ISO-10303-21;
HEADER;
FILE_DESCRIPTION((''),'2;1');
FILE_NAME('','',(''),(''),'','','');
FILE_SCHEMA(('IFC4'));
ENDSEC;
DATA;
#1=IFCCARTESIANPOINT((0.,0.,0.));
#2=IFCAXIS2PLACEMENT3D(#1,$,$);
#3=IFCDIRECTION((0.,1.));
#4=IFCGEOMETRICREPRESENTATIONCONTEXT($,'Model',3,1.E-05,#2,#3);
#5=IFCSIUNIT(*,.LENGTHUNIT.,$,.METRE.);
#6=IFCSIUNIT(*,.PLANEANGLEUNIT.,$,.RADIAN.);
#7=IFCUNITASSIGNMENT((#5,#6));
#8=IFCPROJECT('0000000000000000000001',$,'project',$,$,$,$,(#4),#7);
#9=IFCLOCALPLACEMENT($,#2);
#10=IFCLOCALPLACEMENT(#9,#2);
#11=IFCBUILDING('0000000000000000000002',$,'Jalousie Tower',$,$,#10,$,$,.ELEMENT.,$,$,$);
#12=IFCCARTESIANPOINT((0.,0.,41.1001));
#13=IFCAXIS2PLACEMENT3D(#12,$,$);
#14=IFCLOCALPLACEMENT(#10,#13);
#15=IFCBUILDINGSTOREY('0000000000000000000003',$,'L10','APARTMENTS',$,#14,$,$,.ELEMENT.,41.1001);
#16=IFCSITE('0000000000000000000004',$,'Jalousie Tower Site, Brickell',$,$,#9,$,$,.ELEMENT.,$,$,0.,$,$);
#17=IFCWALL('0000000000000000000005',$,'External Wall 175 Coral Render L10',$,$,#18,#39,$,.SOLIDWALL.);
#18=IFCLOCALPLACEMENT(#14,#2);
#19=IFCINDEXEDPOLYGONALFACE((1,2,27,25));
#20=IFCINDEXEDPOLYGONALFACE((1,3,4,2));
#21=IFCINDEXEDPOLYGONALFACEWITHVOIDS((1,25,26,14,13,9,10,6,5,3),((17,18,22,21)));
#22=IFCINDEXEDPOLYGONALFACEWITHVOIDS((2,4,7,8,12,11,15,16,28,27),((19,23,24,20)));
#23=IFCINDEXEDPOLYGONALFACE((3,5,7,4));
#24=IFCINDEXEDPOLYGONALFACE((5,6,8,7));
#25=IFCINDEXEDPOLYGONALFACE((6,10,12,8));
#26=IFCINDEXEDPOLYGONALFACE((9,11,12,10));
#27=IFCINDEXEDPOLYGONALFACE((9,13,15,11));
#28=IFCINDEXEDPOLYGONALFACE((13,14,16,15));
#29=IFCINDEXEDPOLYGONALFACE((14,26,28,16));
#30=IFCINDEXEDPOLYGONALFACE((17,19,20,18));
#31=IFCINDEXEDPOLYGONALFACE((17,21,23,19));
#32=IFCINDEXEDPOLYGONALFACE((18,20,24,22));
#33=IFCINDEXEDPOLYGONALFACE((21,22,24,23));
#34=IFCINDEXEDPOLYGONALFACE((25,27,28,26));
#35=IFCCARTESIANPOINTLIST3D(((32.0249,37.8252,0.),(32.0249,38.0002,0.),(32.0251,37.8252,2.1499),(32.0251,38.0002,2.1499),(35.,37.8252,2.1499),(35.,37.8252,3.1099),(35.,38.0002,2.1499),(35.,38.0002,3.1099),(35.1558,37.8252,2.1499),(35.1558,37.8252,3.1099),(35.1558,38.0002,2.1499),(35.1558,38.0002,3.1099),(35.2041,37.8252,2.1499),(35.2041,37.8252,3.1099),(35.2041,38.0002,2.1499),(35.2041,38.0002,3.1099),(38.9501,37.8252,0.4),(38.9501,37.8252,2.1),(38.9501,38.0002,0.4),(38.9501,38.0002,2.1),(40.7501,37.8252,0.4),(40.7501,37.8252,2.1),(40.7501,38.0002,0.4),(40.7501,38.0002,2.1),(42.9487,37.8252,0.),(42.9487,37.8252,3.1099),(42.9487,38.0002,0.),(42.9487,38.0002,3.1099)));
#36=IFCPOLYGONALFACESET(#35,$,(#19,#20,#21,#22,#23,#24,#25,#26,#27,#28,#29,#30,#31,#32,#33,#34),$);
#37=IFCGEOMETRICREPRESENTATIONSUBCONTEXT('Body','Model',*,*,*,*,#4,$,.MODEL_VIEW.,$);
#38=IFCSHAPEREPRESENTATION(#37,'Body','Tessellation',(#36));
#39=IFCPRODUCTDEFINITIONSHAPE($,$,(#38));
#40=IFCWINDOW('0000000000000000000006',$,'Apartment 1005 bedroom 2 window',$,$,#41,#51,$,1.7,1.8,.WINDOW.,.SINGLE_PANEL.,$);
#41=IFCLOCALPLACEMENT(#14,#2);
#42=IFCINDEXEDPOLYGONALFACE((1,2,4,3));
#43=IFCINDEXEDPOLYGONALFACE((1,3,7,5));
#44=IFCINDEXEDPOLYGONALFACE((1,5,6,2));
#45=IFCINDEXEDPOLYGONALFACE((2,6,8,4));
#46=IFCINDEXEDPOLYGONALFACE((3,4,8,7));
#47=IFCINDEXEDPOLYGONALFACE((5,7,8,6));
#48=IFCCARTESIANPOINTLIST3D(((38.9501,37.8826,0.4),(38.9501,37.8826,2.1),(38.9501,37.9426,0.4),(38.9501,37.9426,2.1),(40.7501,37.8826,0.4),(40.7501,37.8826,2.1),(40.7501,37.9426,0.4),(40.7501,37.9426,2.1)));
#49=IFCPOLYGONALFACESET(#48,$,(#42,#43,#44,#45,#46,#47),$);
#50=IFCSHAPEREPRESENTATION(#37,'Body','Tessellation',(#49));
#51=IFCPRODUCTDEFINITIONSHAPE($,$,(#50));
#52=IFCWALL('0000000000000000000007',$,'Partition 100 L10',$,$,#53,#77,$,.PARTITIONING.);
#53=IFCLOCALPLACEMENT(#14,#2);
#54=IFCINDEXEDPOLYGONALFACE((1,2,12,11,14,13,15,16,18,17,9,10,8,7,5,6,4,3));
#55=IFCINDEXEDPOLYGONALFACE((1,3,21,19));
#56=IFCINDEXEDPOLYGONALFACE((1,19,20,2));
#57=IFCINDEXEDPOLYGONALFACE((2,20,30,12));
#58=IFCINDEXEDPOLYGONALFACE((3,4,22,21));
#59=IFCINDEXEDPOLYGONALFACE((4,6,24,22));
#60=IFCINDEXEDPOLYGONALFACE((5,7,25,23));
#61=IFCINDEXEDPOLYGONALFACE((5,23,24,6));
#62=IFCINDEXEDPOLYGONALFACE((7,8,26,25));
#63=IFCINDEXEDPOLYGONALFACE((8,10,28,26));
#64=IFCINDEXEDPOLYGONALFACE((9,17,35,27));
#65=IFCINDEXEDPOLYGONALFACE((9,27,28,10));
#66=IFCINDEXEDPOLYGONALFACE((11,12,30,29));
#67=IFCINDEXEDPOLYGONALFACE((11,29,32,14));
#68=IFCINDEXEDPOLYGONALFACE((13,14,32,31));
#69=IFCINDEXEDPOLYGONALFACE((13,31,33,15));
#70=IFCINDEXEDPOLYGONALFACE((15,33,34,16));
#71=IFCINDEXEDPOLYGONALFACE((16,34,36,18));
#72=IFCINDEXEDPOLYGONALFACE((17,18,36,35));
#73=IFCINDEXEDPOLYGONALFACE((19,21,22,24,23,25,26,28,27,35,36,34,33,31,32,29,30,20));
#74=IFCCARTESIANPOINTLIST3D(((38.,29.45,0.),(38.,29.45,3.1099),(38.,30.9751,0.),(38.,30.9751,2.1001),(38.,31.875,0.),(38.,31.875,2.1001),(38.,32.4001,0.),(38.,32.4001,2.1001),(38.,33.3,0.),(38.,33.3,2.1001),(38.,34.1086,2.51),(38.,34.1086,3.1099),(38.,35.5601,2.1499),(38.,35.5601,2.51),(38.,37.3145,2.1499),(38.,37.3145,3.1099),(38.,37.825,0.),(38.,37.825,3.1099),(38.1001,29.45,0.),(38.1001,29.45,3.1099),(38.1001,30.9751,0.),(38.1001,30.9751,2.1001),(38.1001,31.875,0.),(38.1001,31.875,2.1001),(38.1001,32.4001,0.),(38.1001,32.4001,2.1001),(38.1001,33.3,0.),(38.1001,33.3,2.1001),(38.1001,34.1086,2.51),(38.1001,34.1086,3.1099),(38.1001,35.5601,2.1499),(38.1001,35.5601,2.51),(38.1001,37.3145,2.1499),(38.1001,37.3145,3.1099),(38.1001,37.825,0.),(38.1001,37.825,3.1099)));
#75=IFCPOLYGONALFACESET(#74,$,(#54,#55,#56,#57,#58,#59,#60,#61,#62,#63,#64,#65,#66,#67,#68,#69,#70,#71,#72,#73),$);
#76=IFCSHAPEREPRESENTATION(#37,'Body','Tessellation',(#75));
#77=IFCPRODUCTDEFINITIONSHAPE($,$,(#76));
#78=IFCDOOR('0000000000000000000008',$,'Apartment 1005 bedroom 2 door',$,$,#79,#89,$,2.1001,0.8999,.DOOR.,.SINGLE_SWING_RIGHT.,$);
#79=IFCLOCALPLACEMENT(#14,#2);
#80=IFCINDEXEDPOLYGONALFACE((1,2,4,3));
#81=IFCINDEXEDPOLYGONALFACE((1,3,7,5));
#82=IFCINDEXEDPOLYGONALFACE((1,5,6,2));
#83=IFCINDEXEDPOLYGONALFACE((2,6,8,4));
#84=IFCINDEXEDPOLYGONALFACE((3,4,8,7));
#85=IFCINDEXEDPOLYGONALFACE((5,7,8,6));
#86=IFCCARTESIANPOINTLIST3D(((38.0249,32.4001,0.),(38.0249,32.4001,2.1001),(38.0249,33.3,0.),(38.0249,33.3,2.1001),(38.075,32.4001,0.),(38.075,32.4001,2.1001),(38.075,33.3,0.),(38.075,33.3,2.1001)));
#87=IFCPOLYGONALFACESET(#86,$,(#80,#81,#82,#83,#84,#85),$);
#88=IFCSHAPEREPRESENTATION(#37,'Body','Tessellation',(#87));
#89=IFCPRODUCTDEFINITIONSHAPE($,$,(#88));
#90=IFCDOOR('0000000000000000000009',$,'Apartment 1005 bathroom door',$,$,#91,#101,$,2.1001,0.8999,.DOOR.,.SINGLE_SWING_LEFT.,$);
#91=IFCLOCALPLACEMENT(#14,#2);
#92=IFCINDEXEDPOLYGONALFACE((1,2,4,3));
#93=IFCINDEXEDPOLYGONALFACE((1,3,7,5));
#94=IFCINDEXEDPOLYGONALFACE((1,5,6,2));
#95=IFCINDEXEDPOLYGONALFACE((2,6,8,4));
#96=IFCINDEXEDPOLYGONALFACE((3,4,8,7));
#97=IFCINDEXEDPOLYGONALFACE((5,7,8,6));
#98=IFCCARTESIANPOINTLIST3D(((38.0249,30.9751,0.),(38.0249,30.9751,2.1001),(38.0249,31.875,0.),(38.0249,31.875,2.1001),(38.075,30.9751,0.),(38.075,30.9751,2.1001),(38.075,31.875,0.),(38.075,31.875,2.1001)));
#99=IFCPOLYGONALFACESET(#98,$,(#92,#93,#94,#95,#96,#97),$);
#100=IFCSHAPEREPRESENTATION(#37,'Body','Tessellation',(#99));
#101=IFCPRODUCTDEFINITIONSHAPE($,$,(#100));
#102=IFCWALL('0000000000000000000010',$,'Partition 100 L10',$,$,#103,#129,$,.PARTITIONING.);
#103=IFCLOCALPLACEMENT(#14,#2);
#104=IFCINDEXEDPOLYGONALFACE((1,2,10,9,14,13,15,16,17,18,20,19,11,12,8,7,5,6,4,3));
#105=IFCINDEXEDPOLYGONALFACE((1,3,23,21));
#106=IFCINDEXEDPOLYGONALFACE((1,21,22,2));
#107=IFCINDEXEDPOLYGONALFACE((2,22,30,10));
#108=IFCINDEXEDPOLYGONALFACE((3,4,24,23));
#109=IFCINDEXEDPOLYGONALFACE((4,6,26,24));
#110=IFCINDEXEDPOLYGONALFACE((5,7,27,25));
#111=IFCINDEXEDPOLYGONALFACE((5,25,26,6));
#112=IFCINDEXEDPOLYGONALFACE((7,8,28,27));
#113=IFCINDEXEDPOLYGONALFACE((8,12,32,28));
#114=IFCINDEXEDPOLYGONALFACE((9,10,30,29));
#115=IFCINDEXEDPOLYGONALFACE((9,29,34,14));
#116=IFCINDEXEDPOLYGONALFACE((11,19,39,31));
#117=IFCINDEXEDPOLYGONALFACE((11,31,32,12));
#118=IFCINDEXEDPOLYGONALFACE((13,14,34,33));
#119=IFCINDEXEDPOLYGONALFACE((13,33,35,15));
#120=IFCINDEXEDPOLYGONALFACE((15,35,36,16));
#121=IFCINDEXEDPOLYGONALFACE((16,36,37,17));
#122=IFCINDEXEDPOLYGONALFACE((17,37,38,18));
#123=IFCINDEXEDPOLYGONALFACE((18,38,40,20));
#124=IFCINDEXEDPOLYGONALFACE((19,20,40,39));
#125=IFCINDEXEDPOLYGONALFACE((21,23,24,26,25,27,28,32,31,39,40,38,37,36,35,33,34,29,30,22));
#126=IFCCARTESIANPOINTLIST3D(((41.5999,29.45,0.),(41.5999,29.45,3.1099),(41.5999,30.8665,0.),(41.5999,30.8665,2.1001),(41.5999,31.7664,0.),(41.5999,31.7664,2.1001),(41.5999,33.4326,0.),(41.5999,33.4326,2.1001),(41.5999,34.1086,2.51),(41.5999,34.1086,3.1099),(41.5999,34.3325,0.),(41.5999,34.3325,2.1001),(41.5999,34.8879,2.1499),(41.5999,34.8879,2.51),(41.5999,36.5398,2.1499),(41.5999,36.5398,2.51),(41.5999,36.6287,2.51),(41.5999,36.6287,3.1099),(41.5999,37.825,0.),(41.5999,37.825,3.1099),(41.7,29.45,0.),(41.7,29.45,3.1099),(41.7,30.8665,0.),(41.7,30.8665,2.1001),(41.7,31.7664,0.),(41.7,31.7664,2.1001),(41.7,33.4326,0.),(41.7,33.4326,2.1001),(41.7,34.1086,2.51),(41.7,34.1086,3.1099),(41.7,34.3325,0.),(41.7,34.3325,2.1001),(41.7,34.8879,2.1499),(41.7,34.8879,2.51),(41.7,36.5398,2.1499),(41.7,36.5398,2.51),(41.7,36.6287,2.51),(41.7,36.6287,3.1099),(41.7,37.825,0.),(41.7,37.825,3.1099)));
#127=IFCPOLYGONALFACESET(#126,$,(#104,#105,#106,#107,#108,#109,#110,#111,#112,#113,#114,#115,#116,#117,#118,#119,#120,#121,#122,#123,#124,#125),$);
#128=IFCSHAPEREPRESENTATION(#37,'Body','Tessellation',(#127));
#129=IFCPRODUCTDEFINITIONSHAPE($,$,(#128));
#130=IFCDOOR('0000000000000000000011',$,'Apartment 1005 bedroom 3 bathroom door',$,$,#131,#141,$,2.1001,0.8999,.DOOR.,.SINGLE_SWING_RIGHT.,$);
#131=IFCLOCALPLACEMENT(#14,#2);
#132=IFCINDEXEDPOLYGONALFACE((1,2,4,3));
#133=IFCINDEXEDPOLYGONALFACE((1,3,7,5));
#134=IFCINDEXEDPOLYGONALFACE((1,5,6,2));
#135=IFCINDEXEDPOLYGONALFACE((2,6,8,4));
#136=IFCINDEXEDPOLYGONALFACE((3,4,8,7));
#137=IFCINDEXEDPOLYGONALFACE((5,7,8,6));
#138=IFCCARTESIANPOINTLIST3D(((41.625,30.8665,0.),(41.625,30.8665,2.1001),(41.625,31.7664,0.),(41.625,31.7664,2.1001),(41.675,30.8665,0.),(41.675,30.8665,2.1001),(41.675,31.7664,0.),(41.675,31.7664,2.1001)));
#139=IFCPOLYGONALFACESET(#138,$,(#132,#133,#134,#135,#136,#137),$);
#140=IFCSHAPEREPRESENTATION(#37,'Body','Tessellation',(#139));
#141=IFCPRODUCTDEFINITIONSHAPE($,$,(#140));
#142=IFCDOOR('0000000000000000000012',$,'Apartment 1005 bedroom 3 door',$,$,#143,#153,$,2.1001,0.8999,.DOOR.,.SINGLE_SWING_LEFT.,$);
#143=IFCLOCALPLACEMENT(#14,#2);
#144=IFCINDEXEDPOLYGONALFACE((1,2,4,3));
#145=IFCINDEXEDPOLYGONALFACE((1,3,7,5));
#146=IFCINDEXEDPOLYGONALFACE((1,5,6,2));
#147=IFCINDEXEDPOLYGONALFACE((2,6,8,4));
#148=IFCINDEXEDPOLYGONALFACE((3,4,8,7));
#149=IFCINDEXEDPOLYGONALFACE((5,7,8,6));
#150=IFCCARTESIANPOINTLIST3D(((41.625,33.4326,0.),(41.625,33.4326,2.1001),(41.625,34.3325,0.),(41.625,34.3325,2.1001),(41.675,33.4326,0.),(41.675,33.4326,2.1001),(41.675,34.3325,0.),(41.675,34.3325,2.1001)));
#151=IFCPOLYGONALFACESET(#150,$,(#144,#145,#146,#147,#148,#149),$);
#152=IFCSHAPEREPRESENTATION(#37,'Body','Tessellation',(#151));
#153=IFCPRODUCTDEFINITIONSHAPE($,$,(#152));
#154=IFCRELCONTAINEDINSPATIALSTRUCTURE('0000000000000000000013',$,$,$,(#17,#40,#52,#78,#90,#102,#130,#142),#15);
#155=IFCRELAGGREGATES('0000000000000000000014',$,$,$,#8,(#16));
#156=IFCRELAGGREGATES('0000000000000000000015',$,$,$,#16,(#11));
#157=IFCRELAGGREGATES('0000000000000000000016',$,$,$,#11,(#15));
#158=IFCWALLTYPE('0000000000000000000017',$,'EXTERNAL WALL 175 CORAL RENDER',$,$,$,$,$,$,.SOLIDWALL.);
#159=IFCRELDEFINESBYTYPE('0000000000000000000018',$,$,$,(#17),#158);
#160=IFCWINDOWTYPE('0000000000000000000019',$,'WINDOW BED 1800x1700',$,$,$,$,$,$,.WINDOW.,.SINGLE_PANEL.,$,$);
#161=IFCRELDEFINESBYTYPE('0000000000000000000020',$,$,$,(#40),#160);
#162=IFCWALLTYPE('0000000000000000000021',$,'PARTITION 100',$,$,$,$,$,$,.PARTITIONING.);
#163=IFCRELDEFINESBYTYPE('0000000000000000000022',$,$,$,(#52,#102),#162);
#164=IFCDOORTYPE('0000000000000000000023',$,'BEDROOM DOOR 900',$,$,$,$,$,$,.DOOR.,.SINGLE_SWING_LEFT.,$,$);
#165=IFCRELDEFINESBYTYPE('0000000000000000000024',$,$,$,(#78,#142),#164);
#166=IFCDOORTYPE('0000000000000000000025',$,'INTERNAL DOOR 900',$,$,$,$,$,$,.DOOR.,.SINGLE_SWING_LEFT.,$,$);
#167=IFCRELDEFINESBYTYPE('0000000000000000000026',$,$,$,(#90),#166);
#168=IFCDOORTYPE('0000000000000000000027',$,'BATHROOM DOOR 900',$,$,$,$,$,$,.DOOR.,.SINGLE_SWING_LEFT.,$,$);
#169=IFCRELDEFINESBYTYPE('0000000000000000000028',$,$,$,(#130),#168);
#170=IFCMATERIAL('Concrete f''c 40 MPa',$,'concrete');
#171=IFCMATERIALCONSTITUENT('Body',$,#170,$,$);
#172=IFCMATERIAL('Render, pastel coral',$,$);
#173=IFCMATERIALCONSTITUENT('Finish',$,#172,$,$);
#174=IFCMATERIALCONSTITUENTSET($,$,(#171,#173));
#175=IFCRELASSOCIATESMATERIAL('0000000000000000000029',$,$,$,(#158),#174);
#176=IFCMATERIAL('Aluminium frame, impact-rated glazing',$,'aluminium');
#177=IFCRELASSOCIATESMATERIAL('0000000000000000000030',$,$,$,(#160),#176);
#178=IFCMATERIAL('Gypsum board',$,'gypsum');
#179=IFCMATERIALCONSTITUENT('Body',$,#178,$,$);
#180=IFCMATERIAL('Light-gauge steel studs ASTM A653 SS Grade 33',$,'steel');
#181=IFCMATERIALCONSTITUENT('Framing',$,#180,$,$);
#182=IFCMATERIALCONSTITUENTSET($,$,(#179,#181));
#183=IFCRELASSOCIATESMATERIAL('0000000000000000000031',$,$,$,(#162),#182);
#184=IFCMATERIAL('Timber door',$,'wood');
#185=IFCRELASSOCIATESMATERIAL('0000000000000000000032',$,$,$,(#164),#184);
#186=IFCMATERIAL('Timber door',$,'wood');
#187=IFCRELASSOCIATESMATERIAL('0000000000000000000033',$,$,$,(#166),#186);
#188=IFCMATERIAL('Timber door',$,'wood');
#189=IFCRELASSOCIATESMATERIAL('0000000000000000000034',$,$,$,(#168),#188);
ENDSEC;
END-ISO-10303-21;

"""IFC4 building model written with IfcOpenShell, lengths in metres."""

from ifc_helpers import new_model, si_unit, direction, frame, frame_2d, origin, place, context, subcontext, project, spatial, polyline, rectangle, outline, extrude, material, constituent, constituent_set, type_object, element, fill, save


model = new_model("IFC4")

# Units and contexts
model_context = context("Model", 3, precision=1e-05, world=origin(), true_north=direction((0.0, 1.0)))
body_context = subcontext(model_context, "Body", "Model", "MODEL_VIEW")
ifc_project = project(units=[si_unit("LENGTHUNIT", "METRE"), si_unit("PLANEANGLEUNIT", "RADIAN")], contexts=[model_context])

# Site, building, storey
site_placement = place(None, origin())
site = spatial("IfcSite", under=ifc_project, at=site_placement, Name="Jalousie Tower Site, Brickell", CompositionType="ELEMENT", RefElevation=0.0)
building_placement = place(site_placement, origin())
building = spatial("IfcBuilding", under=site, at=building_placement, Name="Jalousie Tower", CompositionType="ELEMENT")
storey_placement = place(building_placement, frame((0.0, 0.0, 41.1001)))
storey = spatial("IfcBuildingStorey", under=building, at=storey_placement, Name="L10", Description="APARTMENTS", CompositionType="ELEMENT", Elevation=41.1001)

# Wall, opening, window
ifc_material_1 = material(Name="Concrete f'c 40 MPa", Category="concrete")
ifc_constituent_1 = constituent(ifc_material_1, Name="Body")
ifc_material_2 = material(Name="Render, pastel coral")
ifc_constituent_2 = constituent(ifc_material_2, Name="Finish")
ifc_constituent_set_1 = constituent_set(constituents=[ifc_constituent_1, ifc_constituent_2])
wall_type_1 = type_object("IfcWallType", Name="EXTERNAL WALL 175 CORAL RENDER", PredefinedType="SOLIDWALL", material=ifc_constituent_set_1)
wall_1_placement = place(storey_placement, frame((42.9487, 37.9126, 0.0), z_axis=(0.0, 0.0, 1.0), x_axis=(-1.0, 0.0, 0.0)))
wall_1 = element("IfcWall", 1, at=wall_1_placement, inside=storey, type_object=wall_type_1, Name="External Wall 175 Coral Render L10", PredefinedType="SOLIDWALL", context=body_context, shape_type="SweptSolid", body=[
    extrude(outline(polyline([(0.0, 0.0), (10.9238, 0.0), (10.9236, 2.1499), (7.9487, 2.1499), (7.9487, 3.1099), (7.793, 3.1099), (7.793, 2.1499), (7.7446, 2.1499), (7.7446, 3.1099), (0.0, 3.1099), (0.0, 0.0)])), frame((0.0, 0.0874, 0.0), z_axis=(0.0, -1.0, 0.0), x_axis=(1.0, 0.0, 0.0)), (0.0, 0.0, 1.0), 0.175),
])
opening_1_placement = place(wall_1_placement, frame((2.1987, 0.0, 0.3999)))
opening_1 = element("IfcOpeningElement", 2, at=opening_1_placement, cuts=wall_1, PredefinedType="OPENING", context=body_context, shape_type="SweptSolid", body=[
    extrude(rectangle(XDim=1.8, YDim=1.7, at=frame_2d((0.8999, 0.8501))), frame((0.0, 0.0974, 0.0), z_axis=(0.0, -1.0, 0.0), x_axis=(1.0, 0.0, 0.0)), (0.0, 0.0, 1.0), 0.1951),
])
ifc_material_3 = material(Name="Aluminium frame, impact-rated glazing", Category="aluminium")
window_type = type_object("IfcWindowType", Name="WINDOW BED 1800x1700", PartitioningType="SINGLE_PANEL", PredefinedType="WINDOW", material=ifc_material_3)
window_placement = place(opening_1_placement, origin())
window = element("IfcWindow", 3, at=window_placement, inside=storey, type_object=window_type, Name="Apartment 1005 bedroom 2 window", OverallHeight=1.7, OverallWidth=1.8, PartitioningType="SINGLE_PANEL", PredefinedType="WINDOW", context=body_context, shape_type="SweptSolid", body=[
    extrude(rectangle(XDim=1.8, YDim=1.7, at=frame_2d((0.8999, 0.8501))), frame((0.0, 0.03, 0.0), z_axis=(0.0, -1.0, 0.0), x_axis=(1.0, 0.0, 0.0)), (0.0, 0.0, 1.0), 0.0601),
])
fill(opening_1, window)

# Walls, openings, doors
ifc_material_4 = material(Name="Gypsum board", Category="gypsum")
ifc_constituent_3 = constituent(ifc_material_4, Name="Body")
ifc_material_5 = material(Name="Light-gauge steel studs ASTM A653 SS Grade 33", Category="steel")
ifc_constituent_4 = constituent(ifc_material_5, Name="Framing")
ifc_constituent_set_2 = constituent_set(constituents=[ifc_constituent_3, ifc_constituent_4])
wall_type_2 = type_object("IfcWallType", Name="PARTITION 100", PredefinedType="PARTITIONING", material=ifc_constituent_set_2)
wall_2_placement = place(storey_placement, frame((38.05, 37.825, 0.0), z_axis=(0.0, 0.0, 1.0), x_axis=(0.0, -1.0, 0.0)))
wall_2 = element("IfcWall", 4, at=wall_2_placement, inside=storey, type_object=wall_type_2, Name="Partition 100 L10", PredefinedType="PARTITIONING", context=body_context, shape_type="SweptSolid", body=[
    extrude(outline(polyline([(0.0, 0.0), (8.375, 0.0), (8.375, 3.1099), (3.7163, 3.1099), (3.7163, 2.51), (2.2649, 2.51), (2.2649, 2.1499), (0.5105, 2.1499), (0.5105, 3.1099), (0.0, 3.1099), (0.0, 0.0)])), frame((0.0, 0.05, 0.0), z_axis=(0.0, -1.0, 0.0), x_axis=(1.0, 0.0, 0.0)), (0.0, 0.0, 1.0), 0.1001),
])
opening_2_placement = place(wall_2_placement, frame((4.5249, 0.0, 0.0)))
opening_2 = element("IfcOpeningElement", 5, at=opening_2_placement, cuts=wall_2, PredefinedType="OPENING", context=body_context, shape_type="SweptSolid", body=[
    extrude(rectangle(XDim=0.8999, YDim=2.1001, at=frame_2d((0.45, 1.05))), frame((0.0, 0.0601, 0.0), z_axis=(0.0, -1.0, 0.0), x_axis=(1.0, 0.0, 0.0)), (0.0, 0.0, 1.0), 0.1201),
])
opening_3_placement = place(wall_2_placement, frame((5.95, 0.0, 0.0)))
opening_3 = element("IfcOpeningElement", 6, at=opening_3_placement, cuts=wall_2, PredefinedType="OPENING", context=body_context, shape_type="SweptSolid", body=[
    extrude(rectangle(XDim=0.8999, YDim=2.1001, at=frame_2d((0.45, 1.05))), frame((0.0, 0.0601, 0.0), z_axis=(0.0, -1.0, 0.0), x_axis=(1.0, 0.0, 0.0)), (0.0, 0.0, 1.0), 0.1201),
])
ifc_material_6 = material(Name="Timber door", Category="wood")
door_type_1 = type_object("IfcDoorType", Name="BEDROOM DOOR 900", OperationType="SINGLE_SWING_LEFT", PredefinedType="DOOR", material=ifc_material_6)
door_1_placement = place(opening_2_placement, origin())
door_1 = element("IfcDoor", 7, at=door_1_placement, inside=storey, type_object=door_type_1, Name="Apartment 1005 bedroom 2 door", OperationType="SINGLE_SWING_RIGHT", OverallHeight=2.1001, OverallWidth=0.8999, PredefinedType="DOOR", context=body_context, shape_type="SweptSolid", body=[
    extrude(rectangle(XDim=0.8999, YDim=2.1001, at=frame_2d((0.45, 1.05))), frame((0.0, 0.0249, 0.0), z_axis=(0.0, -1.0, 0.0), x_axis=(1.0, 0.0, 0.0)), (0.0, 0.0, 1.0), 0.05),
])
fill(opening_2, door_1)
ifc_material_7 = material(Name="Timber door", Category="wood")
door_type_2 = type_object("IfcDoorType", Name="INTERNAL DOOR 900", OperationType="SINGLE_SWING_LEFT", PredefinedType="DOOR", material=ifc_material_7)
door_2_placement = place(opening_3_placement, origin())
door_2 = element("IfcDoor", 8, at=door_2_placement, inside=storey, type_object=door_type_2, Name="Apartment 1005 bathroom door", OperationType="SINGLE_SWING_LEFT", OverallHeight=2.1001, OverallWidth=0.8999, PredefinedType="DOOR", context=body_context, shape_type="SweptSolid", body=[
    extrude(rectangle(XDim=0.8999, YDim=2.1001, at=frame_2d((0.45, 1.05))), frame((0.0, 0.0249, 0.0), z_axis=(0.0, -1.0, 0.0), x_axis=(1.0, 0.0, 0.0)), (0.0, 0.0, 1.0), 0.05),
])
fill(opening_3, door_2)
wall_3_placement = place(storey_placement, frame((41.6499, 37.825, 0.0), z_axis=(0.0, 0.0, 1.0), x_axis=(0.0, -1.0, 0.0)))
wall_3 = element("IfcWall", 9, at=wall_3_placement, inside=storey, type_object=wall_type_2, Name="Partition 100 L10", PredefinedType="PARTITIONING", context=body_context, shape_type="SweptSolid", body=[
    extrude(outline(polyline([(0.0, 0.0), (8.375, 0.0), (8.375, 3.1099), (3.7163, 3.1099), (3.7163, 2.51), (2.937, 2.51), (2.937, 2.1499), (1.2852, 2.1499), (1.2852, 2.51), (1.1963, 2.51), (1.1963, 3.1099), (0.0, 3.1099), (0.0, 0.0)])), frame((0.0, 0.05, 0.0), z_axis=(0.0, -1.0, 0.0), x_axis=(1.0, 0.0, 0.0)), (0.0, 0.0, 1.0), 0.1001),
])
opening_4_placement = place(wall_3_placement, frame((3.4924, 0.0, 0.0)))
opening_4 = element("IfcOpeningElement", 10, at=opening_4_placement, cuts=wall_3, PredefinedType="OPENING", context=body_context, shape_type="SweptSolid", body=[
    extrude(rectangle(XDim=0.8999, YDim=2.1001, at=frame_2d((0.45, 1.05))), frame((0.0, 0.0601, 0.0), z_axis=(0.0, -1.0, 0.0), x_axis=(1.0, 0.0, 0.0)), (0.0, 0.0, 1.0), 0.1201),
])
opening_5_placement = place(wall_3_placement, frame((6.0586, 0.0, 0.0)))
opening_5 = element("IfcOpeningElement", 11, at=opening_5_placement, cuts=wall_3, PredefinedType="OPENING", context=body_context, shape_type="SweptSolid", body=[
    extrude(rectangle(XDim=0.8999, YDim=2.1001, at=frame_2d((0.45, 1.05))), frame((0.0, 0.0601, 0.0), z_axis=(0.0, -1.0, 0.0), x_axis=(1.0, 0.0, 0.0)), (0.0, 0.0, 1.0), 0.1201),
])
ifc_material_8 = material(Name="Timber door", Category="wood")
door_type_3 = type_object("IfcDoorType", Name="BATHROOM DOOR 900", OperationType="SINGLE_SWING_LEFT", PredefinedType="DOOR", material=ifc_material_8)
door_3_placement = place(opening_5_placement, frame((0.8999, 0.0, 0.0), z_axis=(0.0, 0.0, 1.0), x_axis=(-1.0, 0.0, 0.0)))
door_3 = element("IfcDoor", 12, at=door_3_placement, inside=storey, type_object=door_type_3, Name="Apartment 1005 bedroom 3 bathroom door", OperationType="SINGLE_SWING_RIGHT", OverallHeight=2.1001, OverallWidth=0.8999, PredefinedType="DOOR", context=body_context, shape_type="SweptSolid", body=[
    extrude(rectangle(XDim=0.8999, YDim=2.1001, at=frame_2d((0.45, 1.05))), frame((0.0, 0.0249, 0.0), z_axis=(0.0, -1.0, 0.0), x_axis=(1.0, 0.0, 0.0)), (0.0, 0.0, 1.0), 0.05),
])
fill(opening_5, door_3)
door_4_placement = place(opening_4_placement, frame((0.8999, 0.0, 0.0), z_axis=(0.0, 0.0, 1.0), x_axis=(-1.0, 0.0, 0.0)))
door_4 = element("IfcDoor", 13, at=door_4_placement, inside=storey, type_object=door_type_1, Name="Apartment 1005 bedroom 3 door", OperationType="SINGLE_SWING_LEFT", OverallHeight=2.1001, OverallWidth=0.8999, PredefinedType="DOOR", context=body_context, shape_type="SweptSolid", body=[
    extrude(rectangle(XDim=0.8999, YDim=2.1001, at=frame_2d((0.45, 1.05))), frame((0.0, 0.0249, 0.0), z_axis=(0.0, -1.0, 0.0), x_axis=(1.0, 0.0, 0.0)), (0.0, 0.0, 1.0), 0.05),
])
fill(opening_4, door_4)

save(model, "model.ifc")
